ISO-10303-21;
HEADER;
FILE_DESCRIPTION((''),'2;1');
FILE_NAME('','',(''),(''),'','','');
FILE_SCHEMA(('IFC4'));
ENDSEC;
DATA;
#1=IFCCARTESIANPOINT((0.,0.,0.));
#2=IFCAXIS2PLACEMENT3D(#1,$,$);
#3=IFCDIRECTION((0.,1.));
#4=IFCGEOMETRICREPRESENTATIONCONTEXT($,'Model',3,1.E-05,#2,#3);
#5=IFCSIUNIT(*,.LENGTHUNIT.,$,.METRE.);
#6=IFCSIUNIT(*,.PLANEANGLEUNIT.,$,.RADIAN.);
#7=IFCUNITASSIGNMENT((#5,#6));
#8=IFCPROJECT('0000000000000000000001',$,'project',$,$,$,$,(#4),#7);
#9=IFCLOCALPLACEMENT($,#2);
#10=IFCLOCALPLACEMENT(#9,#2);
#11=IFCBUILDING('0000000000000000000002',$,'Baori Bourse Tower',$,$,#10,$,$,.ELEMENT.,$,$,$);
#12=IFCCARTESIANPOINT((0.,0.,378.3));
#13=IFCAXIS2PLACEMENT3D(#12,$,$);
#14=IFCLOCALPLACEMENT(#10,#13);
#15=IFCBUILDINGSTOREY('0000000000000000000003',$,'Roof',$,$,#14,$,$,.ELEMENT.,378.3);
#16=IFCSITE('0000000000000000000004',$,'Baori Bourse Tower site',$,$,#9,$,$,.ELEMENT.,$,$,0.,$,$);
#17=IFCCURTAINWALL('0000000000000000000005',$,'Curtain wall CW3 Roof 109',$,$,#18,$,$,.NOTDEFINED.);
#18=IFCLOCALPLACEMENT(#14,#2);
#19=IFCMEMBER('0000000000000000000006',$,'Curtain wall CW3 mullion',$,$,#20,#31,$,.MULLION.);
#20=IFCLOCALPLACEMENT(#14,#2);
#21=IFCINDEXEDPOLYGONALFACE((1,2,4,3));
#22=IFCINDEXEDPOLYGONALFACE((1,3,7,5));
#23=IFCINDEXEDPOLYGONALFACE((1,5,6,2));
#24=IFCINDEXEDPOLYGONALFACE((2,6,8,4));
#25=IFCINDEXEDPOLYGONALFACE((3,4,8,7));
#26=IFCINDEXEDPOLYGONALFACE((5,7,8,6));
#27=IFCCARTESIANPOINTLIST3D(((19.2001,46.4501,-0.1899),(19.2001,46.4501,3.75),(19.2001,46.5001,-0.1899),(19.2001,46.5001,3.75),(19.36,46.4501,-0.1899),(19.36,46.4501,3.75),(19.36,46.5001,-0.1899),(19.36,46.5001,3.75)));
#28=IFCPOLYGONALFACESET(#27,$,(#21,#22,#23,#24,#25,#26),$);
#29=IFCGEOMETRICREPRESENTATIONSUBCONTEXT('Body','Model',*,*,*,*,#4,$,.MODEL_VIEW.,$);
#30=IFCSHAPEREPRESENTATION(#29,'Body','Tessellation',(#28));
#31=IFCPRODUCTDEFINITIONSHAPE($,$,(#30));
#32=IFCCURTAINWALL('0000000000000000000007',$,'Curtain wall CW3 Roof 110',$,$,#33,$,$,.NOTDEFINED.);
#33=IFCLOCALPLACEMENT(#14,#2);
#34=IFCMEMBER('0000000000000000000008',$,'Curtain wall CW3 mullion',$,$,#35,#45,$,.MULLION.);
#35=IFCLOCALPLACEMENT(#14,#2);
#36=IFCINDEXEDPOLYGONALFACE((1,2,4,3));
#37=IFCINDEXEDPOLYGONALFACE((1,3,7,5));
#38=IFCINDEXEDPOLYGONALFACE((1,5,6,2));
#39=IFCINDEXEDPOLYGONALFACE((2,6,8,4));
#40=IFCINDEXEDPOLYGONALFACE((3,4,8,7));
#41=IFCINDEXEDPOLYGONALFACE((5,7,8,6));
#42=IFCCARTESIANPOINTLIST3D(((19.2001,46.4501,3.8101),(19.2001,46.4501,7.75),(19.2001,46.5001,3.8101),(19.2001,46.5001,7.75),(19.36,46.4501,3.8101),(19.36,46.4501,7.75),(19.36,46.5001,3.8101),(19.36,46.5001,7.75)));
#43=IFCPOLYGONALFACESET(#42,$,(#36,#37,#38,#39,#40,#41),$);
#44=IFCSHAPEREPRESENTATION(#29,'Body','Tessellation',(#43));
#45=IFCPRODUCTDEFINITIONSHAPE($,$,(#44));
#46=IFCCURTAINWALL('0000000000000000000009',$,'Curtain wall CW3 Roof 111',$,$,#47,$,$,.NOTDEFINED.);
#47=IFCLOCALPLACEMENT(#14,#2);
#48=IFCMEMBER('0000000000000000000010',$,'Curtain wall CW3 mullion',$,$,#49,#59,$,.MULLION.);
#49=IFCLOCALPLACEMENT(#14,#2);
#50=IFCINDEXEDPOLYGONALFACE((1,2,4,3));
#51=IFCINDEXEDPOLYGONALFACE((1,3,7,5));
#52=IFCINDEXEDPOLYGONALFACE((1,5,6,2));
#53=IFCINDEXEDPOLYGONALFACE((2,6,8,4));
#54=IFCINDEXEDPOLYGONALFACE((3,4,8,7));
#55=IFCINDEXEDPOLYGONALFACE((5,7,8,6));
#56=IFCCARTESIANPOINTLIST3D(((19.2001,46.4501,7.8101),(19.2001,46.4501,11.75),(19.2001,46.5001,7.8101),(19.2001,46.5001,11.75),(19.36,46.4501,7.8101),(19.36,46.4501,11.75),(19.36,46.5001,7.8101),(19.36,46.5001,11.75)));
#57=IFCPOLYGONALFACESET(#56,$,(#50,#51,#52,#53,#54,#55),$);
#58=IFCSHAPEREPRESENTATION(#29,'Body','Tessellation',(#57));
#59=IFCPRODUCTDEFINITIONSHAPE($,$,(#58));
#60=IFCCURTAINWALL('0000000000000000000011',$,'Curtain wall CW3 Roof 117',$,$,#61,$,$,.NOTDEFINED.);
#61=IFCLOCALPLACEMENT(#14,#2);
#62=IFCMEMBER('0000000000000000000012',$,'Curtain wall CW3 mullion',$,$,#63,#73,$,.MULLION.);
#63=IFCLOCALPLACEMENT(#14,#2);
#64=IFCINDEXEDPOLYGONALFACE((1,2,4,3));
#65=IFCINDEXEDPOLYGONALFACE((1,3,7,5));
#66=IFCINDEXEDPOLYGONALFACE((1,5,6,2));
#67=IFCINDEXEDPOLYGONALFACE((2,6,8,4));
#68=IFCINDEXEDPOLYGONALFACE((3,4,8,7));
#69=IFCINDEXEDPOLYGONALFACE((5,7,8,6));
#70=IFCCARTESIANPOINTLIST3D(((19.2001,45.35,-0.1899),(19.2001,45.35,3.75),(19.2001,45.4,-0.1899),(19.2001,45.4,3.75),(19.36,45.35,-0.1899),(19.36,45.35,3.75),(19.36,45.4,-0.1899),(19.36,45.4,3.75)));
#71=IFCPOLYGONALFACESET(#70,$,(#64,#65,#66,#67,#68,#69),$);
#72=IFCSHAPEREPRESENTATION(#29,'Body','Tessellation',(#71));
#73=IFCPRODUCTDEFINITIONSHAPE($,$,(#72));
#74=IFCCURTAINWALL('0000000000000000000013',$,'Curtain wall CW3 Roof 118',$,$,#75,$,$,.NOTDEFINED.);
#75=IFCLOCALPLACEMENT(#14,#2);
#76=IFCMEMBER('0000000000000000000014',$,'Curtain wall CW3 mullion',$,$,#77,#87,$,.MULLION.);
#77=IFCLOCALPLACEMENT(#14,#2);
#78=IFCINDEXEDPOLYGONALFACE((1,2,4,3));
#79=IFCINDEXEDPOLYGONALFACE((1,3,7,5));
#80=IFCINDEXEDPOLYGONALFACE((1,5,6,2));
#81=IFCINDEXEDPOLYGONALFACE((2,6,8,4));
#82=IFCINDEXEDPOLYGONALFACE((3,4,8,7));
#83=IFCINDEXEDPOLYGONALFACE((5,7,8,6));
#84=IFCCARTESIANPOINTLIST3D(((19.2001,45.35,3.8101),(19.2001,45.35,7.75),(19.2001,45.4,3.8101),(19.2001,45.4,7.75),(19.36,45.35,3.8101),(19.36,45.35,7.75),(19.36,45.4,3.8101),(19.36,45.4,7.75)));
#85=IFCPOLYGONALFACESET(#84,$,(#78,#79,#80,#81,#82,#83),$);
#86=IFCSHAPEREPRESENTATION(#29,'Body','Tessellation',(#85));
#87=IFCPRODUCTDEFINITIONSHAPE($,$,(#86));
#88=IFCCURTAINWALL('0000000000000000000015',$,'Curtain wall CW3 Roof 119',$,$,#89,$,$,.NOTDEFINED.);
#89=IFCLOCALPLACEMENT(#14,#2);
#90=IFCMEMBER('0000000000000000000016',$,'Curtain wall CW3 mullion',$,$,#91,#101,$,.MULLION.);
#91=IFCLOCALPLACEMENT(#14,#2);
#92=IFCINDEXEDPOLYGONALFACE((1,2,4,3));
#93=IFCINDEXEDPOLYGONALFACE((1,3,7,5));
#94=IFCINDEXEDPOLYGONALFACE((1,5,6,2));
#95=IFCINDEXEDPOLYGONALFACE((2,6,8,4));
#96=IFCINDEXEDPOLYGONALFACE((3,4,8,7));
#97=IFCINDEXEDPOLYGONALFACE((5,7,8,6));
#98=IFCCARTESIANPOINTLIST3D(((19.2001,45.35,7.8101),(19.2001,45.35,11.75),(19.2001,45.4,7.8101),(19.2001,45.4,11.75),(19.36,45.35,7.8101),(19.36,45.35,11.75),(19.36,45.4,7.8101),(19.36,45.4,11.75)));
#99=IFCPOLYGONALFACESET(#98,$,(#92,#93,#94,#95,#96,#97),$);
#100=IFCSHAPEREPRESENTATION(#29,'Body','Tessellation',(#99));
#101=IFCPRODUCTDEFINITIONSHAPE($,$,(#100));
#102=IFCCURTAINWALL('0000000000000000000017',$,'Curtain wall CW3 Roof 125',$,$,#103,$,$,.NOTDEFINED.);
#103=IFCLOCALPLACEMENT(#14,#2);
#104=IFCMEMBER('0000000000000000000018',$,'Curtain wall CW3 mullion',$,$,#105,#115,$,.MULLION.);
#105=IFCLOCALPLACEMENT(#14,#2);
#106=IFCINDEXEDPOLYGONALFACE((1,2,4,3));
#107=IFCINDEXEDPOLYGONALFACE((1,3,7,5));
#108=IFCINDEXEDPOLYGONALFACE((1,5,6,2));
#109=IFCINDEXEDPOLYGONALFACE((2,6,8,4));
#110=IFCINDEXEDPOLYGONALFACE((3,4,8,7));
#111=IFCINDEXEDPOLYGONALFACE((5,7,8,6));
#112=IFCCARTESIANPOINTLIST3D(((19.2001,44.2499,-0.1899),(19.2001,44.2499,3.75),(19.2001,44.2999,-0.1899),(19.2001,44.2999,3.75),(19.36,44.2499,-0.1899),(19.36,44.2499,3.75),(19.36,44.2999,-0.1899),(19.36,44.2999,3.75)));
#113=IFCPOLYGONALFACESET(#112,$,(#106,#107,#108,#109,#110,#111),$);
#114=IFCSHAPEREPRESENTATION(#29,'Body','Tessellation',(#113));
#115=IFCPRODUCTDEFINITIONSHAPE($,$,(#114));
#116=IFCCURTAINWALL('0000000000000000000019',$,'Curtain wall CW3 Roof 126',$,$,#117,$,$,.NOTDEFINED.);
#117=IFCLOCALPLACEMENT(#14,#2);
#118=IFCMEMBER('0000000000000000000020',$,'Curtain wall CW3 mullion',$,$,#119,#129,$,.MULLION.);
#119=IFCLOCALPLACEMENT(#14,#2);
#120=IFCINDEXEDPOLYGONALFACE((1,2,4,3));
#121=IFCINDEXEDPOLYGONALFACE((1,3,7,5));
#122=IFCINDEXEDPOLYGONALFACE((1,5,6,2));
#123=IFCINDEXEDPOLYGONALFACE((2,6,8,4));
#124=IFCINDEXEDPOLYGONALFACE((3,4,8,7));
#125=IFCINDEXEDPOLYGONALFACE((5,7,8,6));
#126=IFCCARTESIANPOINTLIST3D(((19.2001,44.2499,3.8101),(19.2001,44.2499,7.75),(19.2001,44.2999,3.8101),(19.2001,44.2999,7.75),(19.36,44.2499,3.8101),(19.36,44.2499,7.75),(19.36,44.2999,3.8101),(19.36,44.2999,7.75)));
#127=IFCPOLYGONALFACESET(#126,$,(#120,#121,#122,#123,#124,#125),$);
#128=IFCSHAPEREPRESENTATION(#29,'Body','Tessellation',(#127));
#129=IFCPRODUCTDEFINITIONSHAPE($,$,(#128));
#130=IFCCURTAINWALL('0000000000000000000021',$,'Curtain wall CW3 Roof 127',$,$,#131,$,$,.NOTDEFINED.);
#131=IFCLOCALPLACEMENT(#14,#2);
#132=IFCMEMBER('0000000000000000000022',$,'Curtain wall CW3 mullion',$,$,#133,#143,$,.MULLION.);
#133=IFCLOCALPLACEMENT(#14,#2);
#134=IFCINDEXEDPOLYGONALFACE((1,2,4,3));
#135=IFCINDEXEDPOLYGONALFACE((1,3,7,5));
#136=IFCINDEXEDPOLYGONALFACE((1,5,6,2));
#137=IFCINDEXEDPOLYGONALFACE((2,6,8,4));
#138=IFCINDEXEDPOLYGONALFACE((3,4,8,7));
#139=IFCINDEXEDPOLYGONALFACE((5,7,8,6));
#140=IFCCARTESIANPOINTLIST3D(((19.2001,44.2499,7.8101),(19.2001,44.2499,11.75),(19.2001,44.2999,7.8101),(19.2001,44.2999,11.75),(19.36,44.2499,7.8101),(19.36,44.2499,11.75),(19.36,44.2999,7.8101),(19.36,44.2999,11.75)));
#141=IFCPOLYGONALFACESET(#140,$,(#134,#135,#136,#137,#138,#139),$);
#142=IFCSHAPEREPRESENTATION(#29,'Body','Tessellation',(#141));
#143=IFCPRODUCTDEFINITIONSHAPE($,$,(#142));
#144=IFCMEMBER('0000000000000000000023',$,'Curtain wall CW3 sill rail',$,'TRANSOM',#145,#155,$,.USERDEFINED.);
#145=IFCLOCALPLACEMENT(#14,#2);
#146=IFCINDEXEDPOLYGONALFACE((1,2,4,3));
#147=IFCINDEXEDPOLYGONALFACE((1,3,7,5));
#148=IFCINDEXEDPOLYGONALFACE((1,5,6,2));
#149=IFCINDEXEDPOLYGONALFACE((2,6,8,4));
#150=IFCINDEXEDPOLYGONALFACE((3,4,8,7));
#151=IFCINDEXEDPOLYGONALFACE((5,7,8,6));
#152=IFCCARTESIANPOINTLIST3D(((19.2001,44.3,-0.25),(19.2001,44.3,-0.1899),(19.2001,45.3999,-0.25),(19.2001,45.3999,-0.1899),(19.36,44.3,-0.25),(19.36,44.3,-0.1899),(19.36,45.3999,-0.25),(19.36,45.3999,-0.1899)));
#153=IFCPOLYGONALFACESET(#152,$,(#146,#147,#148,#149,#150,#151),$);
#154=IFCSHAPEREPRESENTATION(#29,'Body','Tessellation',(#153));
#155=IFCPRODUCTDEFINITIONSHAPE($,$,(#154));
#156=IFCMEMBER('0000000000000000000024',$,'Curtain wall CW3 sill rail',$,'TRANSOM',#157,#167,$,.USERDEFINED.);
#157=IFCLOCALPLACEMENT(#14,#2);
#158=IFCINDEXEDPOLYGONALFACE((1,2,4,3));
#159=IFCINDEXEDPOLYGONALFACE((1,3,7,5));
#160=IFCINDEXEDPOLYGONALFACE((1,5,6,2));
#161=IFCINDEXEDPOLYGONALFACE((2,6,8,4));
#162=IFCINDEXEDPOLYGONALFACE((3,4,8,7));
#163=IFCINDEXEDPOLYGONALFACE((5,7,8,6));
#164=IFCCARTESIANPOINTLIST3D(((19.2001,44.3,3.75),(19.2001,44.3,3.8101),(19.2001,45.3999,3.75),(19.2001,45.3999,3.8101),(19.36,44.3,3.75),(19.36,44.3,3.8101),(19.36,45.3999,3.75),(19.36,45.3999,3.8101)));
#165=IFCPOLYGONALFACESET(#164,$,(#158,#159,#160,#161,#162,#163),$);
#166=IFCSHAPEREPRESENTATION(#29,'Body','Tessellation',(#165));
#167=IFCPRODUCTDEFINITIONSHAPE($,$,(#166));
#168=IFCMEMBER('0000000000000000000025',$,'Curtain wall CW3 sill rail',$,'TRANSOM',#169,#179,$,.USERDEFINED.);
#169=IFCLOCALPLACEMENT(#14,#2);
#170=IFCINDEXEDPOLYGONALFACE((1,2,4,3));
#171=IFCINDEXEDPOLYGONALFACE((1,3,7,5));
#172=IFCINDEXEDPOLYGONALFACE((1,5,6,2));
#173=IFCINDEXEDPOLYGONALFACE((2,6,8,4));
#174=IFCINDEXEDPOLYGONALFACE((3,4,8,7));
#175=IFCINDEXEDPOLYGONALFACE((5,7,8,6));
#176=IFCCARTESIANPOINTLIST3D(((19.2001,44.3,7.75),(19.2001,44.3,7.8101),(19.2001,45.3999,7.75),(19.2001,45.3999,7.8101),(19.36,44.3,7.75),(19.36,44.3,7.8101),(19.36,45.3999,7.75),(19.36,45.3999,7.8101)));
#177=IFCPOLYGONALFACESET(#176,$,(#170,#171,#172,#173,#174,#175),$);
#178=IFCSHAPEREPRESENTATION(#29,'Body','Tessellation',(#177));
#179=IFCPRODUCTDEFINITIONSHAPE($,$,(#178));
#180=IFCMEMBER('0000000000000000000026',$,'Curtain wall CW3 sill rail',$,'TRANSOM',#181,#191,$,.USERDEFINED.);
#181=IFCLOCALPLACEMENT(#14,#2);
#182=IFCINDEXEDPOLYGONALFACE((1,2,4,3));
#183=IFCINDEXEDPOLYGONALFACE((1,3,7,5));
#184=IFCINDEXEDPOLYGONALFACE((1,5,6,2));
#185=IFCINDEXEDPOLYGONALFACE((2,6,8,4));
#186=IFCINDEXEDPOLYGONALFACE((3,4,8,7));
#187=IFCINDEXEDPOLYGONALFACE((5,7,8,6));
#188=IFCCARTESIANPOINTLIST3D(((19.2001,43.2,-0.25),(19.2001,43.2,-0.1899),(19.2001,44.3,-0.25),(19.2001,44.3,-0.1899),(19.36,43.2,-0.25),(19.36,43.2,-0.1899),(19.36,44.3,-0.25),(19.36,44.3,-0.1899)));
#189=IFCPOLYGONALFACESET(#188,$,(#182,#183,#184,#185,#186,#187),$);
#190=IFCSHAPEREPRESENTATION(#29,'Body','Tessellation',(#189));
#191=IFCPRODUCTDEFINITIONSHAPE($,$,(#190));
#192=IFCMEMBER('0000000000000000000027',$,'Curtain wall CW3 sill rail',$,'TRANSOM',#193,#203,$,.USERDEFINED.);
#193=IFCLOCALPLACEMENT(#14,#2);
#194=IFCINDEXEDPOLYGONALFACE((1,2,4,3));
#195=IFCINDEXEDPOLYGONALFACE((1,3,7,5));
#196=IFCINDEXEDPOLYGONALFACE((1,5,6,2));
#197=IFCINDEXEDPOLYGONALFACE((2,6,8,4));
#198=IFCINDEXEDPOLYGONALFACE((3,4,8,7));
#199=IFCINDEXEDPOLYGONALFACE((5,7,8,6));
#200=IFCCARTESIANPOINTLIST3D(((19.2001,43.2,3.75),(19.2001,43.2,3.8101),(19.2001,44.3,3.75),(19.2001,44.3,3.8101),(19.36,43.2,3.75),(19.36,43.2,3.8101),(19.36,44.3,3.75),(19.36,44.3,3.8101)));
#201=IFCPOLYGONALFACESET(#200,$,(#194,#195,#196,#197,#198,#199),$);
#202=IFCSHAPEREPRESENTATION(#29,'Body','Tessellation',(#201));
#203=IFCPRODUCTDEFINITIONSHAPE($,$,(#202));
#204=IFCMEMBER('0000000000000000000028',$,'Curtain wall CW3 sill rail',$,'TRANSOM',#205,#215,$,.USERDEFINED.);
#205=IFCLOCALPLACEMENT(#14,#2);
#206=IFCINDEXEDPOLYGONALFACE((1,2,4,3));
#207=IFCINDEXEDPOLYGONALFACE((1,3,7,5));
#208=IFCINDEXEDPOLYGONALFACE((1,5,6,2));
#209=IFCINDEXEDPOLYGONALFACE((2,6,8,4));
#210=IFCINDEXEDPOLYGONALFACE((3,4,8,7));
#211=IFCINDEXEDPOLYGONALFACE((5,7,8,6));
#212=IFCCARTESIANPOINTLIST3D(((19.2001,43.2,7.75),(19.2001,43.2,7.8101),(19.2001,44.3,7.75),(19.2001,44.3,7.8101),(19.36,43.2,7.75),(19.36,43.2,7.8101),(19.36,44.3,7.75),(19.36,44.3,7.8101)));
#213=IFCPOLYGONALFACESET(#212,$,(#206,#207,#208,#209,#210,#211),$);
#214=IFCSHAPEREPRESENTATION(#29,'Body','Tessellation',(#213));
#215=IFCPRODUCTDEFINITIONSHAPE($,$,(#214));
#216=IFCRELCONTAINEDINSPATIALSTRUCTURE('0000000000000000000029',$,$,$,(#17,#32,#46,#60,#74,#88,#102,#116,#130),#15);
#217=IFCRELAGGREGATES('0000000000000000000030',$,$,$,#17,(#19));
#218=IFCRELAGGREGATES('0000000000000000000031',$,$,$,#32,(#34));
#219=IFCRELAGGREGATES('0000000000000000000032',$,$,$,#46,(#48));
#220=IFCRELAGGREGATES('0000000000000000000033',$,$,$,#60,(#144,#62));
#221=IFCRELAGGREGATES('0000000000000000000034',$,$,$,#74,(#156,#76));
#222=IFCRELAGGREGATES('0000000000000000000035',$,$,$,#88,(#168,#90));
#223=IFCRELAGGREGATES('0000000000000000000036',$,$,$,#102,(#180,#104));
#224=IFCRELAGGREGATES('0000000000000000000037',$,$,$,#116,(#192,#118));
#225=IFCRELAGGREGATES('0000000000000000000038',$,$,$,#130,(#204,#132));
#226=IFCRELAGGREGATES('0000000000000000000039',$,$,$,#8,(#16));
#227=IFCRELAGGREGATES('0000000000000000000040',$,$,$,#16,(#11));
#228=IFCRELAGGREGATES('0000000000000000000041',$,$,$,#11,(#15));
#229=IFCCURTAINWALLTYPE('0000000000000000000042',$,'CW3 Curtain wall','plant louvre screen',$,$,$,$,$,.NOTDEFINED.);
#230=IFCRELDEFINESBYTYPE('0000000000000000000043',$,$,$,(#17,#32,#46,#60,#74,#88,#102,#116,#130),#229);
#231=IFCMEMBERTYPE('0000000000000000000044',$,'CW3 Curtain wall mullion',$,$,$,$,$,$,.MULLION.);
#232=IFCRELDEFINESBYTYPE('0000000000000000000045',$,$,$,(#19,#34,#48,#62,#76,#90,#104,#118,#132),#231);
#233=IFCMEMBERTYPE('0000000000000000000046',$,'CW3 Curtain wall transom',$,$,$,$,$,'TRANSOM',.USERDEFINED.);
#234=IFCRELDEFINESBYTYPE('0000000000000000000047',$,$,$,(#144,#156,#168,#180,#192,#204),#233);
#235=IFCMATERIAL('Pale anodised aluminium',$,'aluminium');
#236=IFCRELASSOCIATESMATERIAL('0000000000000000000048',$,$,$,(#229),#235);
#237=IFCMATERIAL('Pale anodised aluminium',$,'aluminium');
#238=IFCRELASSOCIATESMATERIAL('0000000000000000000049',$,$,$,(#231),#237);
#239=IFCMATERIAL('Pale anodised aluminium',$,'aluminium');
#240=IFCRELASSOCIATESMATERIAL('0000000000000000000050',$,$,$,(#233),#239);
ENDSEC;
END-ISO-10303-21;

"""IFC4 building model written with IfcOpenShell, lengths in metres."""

from ifc_helpers import new_model, si_unit, direction, frame, origin, origin_2d, place, context, subcontext, project, spatial, rectangle, extrude, material, material_profile, profile_set, type_object, element, aggregate, save


model = new_model("IFC4")

# Units and contexts
model_context = context("Model", 3, precision=1e-05, world=origin(), true_north=direction((0.0, 1.0)))
body_context = subcontext(model_context, "Body", "Model", "MODEL_VIEW")
ifc_project = project(units=[si_unit("LENGTHUNIT", "METRE"), si_unit("PLANEANGLEUNIT", "RADIAN")], contexts=[model_context])

# Site, building, storey
site_placement = place(None, origin())
site = spatial("IfcSite", under=ifc_project, at=site_placement, Name="Baori Bourse Tower site", CompositionType="ELEMENT", RefElevation=0.0)
building_placement = place(site_placement, origin())
building = spatial("IfcBuilding", under=site, at=building_placement, Name="Baori Bourse Tower", CompositionType="ELEMENT")
storey_placement = place(building_placement, frame((0.0, 0.0, 378.3)))
storey = spatial("IfcBuildingStorey", under=building, at=storey_placement, Name="Roof", CompositionType="ELEMENT", Elevation=378.3)

# Curtain walls, members
ifc_material_1 = material(Name="Pale anodised aluminium", Category="aluminium")
curtain_wall_type_1 = type_object("IfcCurtainWallType", Name="CW3 Curtain wall", Description="plant louvre screen", PredefinedType="NOTDEFINED", material=ifc_material_1)
curtain_wall_1_placement = place(storey_placement, origin())
curtain_wall_1 = element("IfcCurtainWall", 1, at=curtain_wall_1_placement, inside=storey, type_object=curtain_wall_type_1, Name="Curtain wall CW3 Roof 109", PredefinedType="NOTDEFINED")
ifc_material_2 = material(Name="Pale anodised aluminium", Category="aluminium")
ifc_material_profile_1 = material_profile(ifc_material_2, rectangle(XDim=0.1599, YDim=0.05, at=origin_2d()), Name="Mullion 50x160")
ifc_profile_set_1 = profile_set([ifc_material_profile_1], Name="Pale anodised aluminium")
member_type_1 = type_object("IfcMemberType", Name="CW3 Curtain wall mullion", PredefinedType="MULLION", material=ifc_profile_set_1)
member_1_placement = place(storey_placement, frame((19.28, 46.4751, -0.1899), z_axis=(0.0, 0.0, 1.0), x_axis=(1.0, 0.0, 0.0)))
member_1 = element("IfcMember", 2, at=member_1_placement, type_object=member_type_1, Name="Curtain wall CW3 mullion", PredefinedType="MULLION", context=body_context, shape_type="SweptSolid", body=[
    extrude(rectangle(XDim=0.1599, YDim=0.05, at=origin_2d()), origin(), (0.0, 0.0, 1.0), 3.9399),
])
curtain_wall_2_placement = place(storey_placement, origin())
curtain_wall_2 = element("IfcCurtainWall", 3, at=curtain_wall_2_placement, inside=storey, type_object=curtain_wall_type_1, Name="Curtain wall CW3 Roof 110", PredefinedType="NOTDEFINED")
member_2_placement = place(storey_placement, frame((19.28, 46.4751, 3.8101), z_axis=(0.0, 0.0, 1.0), x_axis=(1.0, 0.0, 0.0)))
member_2 = element("IfcMember", 4, at=member_2_placement, type_object=member_type_1, Name="Curtain wall CW3 mullion", PredefinedType="MULLION", context=body_context, shape_type="SweptSolid", body=[
    extrude(rectangle(XDim=0.1599, YDim=0.05, at=origin_2d()), origin(), (0.0, 0.0, 1.0), 3.9399),
])
curtain_wall_3_placement = place(storey_placement, origin())
curtain_wall_3 = element("IfcCurtainWall", 5, at=curtain_wall_3_placement, inside=storey, type_object=curtain_wall_type_1, Name="Curtain wall CW3 Roof 111", PredefinedType="NOTDEFINED")
member_3_placement = place(storey_placement, frame((19.28, 46.4751, 7.8101), z_axis=(0.0, 0.0, 1.0), x_axis=(1.0, 0.0, 0.0)))
member_3 = element("IfcMember", 6, at=member_3_placement, type_object=member_type_1, Name="Curtain wall CW3 mullion", PredefinedType="MULLION", context=body_context, shape_type="SweptSolid", body=[
    extrude(rectangle(XDim=0.1599, YDim=0.05, at=origin_2d()), origin(), (0.0, 0.0, 1.0), 3.9399),
])
curtain_wall_4_placement = place(storey_placement, origin())
curtain_wall_4 = element("IfcCurtainWall", 7, at=curtain_wall_4_placement, inside=storey, type_object=curtain_wall_type_1, Name="Curtain wall CW3 Roof 117", PredefinedType="NOTDEFINED")
member_4_placement = place(storey_placement, frame((19.28, 45.375, -0.1899), z_axis=(0.0, 0.0, 1.0), x_axis=(1.0, 0.0, 0.0)))
member_4 = element("IfcMember", 8, at=member_4_placement, type_object=member_type_1, Name="Curtain wall CW3 mullion", PredefinedType="MULLION", context=body_context, shape_type="SweptSolid", body=[
    extrude(rectangle(XDim=0.1599, YDim=0.05, at=origin_2d()), origin(), (0.0, 0.0, 1.0), 3.9399),
])
curtain_wall_5_placement = place(storey_placement, origin())
curtain_wall_5 = element("IfcCurtainWall", 9, at=curtain_wall_5_placement, inside=storey, type_object=curtain_wall_type_1, Name="Curtain wall CW3 Roof 118", PredefinedType="NOTDEFINED")
member_5_placement = place(storey_placement, frame((19.28, 45.375, 3.8101), z_axis=(0.0, 0.0, 1.0), x_axis=(1.0, 0.0, 0.0)))
member_5 = element("IfcMember", 10, at=member_5_placement, type_object=member_type_1, Name="Curtain wall CW3 mullion", PredefinedType="MULLION", context=body_context, shape_type="SweptSolid", body=[
    extrude(rectangle(XDim=0.1599, YDim=0.05, at=origin_2d()), origin(), (0.0, 0.0, 1.0), 3.9399),
])
curtain_wall_6_placement = place(storey_placement, origin())
curtain_wall_6 = element("IfcCurtainWall", 11, at=curtain_wall_6_placement, inside=storey, type_object=curtain_wall_type_1, Name="Curtain wall CW3 Roof 119", PredefinedType="NOTDEFINED")
member_6_placement = place(storey_placement, frame((19.28, 45.375, 7.8101), z_axis=(0.0, 0.0, 1.0), x_axis=(1.0, 0.0, 0.0)))
member_6 = element("IfcMember", 12, at=member_6_placement, type_object=member_type_1, Name="Curtain wall CW3 mullion", PredefinedType="MULLION", context=body_context, shape_type="SweptSolid", body=[
    extrude(rectangle(XDim=0.1599, YDim=0.05, at=origin_2d()), origin(), (0.0, 0.0, 1.0), 3.9399),
])
curtain_wall_7_placement = place(storey_placement, origin())
curtain_wall_7 = element("IfcCurtainWall", 13, at=curtain_wall_7_placement, inside=storey, type_object=curtain_wall_type_1, Name="Curtain wall CW3 Roof 125", PredefinedType="NOTDEFINED")
member_7_placement = place(storey_placement, frame((19.28, 44.2749, -0.1899), z_axis=(0.0, 0.0, 1.0), x_axis=(1.0, 0.0, 0.0)))
member_7 = element("IfcMember", 14, at=member_7_placement, type_object=member_type_1, Name="Curtain wall CW3 mullion", PredefinedType="MULLION", context=body_context, shape_type="SweptSolid", body=[
    extrude(rectangle(XDim=0.1599, YDim=0.05, at=origin_2d()), origin(), (0.0, 0.0, 1.0), 3.9399),
])
curtain_wall_8_placement = place(storey_placement, origin())
curtain_wall_8 = element("IfcCurtainWall", 15, at=curtain_wall_8_placement, inside=storey, type_object=curtain_wall_type_1, Name="Curtain wall CW3 Roof 126", PredefinedType="NOTDEFINED")
member_8_placement = place(storey_placement, frame((19.28, 44.2749, 3.8101), z_axis=(0.0, 0.0, 1.0), x_axis=(1.0, 0.0, 0.0)))
member_8 = element("IfcMember", 16, at=member_8_placement, type_object=member_type_1, Name="Curtain wall CW3 mullion", PredefinedType="MULLION", context=body_context, shape_type="SweptSolid", body=[
    extrude(rectangle(XDim=0.1599, YDim=0.05, at=origin_2d()), origin(), (0.0, 0.0, 1.0), 3.9399),
])
curtain_wall_9_placement = place(storey_placement, origin())
curtain_wall_9 = element("IfcCurtainWall", 17, at=curtain_wall_9_placement, inside=storey, type_object=curtain_wall_type_1, Name="Curtain wall CW3 Roof 127", PredefinedType="NOTDEFINED")
member_9_placement = place(storey_placement, frame((19.28, 44.2749, 7.8101), z_axis=(0.0, 0.0, 1.0), x_axis=(1.0, 0.0, 0.0)))
member_9 = element("IfcMember", 18, at=member_9_placement, type_object=member_type_1, Name="Curtain wall CW3 mullion", PredefinedType="MULLION", context=body_context, shape_type="SweptSolid", body=[
    extrude(rectangle(XDim=0.1599, YDim=0.05, at=origin_2d()), origin(), (0.0, 0.0, 1.0), 3.9399),
])

# Members
ifc_material_3 = material(Name="Pale anodised aluminium", Category="aluminium")
ifc_material_profile_2 = material_profile(ifc_material_3, rectangle(XDim=0.1599, YDim=0.0601, at=origin_2d()), Name="Transom 60x160")
ifc_profile_set_2 = profile_set([ifc_material_profile_2], Name="Pale anodised aluminium")
member_type_2 = type_object("IfcMemberType", Name="CW3 Curtain wall transom", ElementType="TRANSOM", PredefinedType="USERDEFINED", material=ifc_profile_set_2)
member_10_placement = place(storey_placement, frame((19.28, 45.3999, -0.22), z_axis=(0.0, -1.0, 0.0), x_axis=(1.0, 0.0, 0.0)))
member_10 = element("IfcMember", 19, at=member_10_placement, type_object=member_type_2, Name="Curtain wall CW3 sill rail", ObjectType="TRANSOM", PredefinedType="USERDEFINED", context=body_context, shape_type="SweptSolid", body=[
    extrude(rectangle(XDim=0.1599, YDim=0.0601, at=origin_2d()), origin(), (0.0, 0.0, 1.0), 1.0999),
])
member_11_placement = place(storey_placement, frame((19.28, 45.3999, 3.78), z_axis=(0.0, -1.0, 0.0), x_axis=(1.0, 0.0, 0.0)))
member_11 = element("IfcMember", 20, at=member_11_placement, type_object=member_type_2, Name="Curtain wall CW3 sill rail", ObjectType="TRANSOM", PredefinedType="USERDEFINED", context=body_context, shape_type="SweptSolid", body=[
    extrude(rectangle(XDim=0.1599, YDim=0.0601, at=origin_2d()), origin(), (0.0, 0.0, 1.0), 1.0999),
])
member_12_placement = place(storey_placement, frame((19.28, 45.3999, 7.78), z_axis=(0.0, -1.0, 0.0), x_axis=(1.0, 0.0, 0.0)))
member_12 = element("IfcMember", 21, at=member_12_placement, type_object=member_type_2, Name="Curtain wall CW3 sill rail", ObjectType="TRANSOM", PredefinedType="USERDEFINED", context=body_context, shape_type="SweptSolid", body=[
    extrude(rectangle(XDim=0.1599, YDim=0.0601, at=origin_2d()), origin(), (0.0, 0.0, 1.0), 1.0999),
])
member_13_placement = place(storey_placement, frame((19.28, 44.3, -0.22), z_axis=(0.0, -1.0, 0.0), x_axis=(1.0, 0.0, 0.0)))
member_13 = element("IfcMember", 22, at=member_13_placement, type_object=member_type_2, Name="Curtain wall CW3 sill rail", ObjectType="TRANSOM", PredefinedType="USERDEFINED", context=body_context, shape_type="SweptSolid", body=[
    extrude(rectangle(XDim=0.1599, YDim=0.0601, at=origin_2d()), origin(), (0.0, 0.0, 1.0), 1.1001),
])
member_14_placement = place(storey_placement, frame((19.28, 44.3, 3.78), z_axis=(0.0, -1.0, 0.0), x_axis=(1.0, 0.0, 0.0)))
member_14 = element("IfcMember", 23, at=member_14_placement, type_object=member_type_2, Name="Curtain wall CW3 sill rail", ObjectType="TRANSOM", PredefinedType="USERDEFINED", context=body_context, shape_type="SweptSolid", body=[
    extrude(rectangle(XDim=0.1599, YDim=0.0601, at=origin_2d()), origin(), (0.0, 0.0, 1.0), 1.1001),
])
member_15_placement = place(storey_placement, frame((19.28, 44.3, 7.78), z_axis=(0.0, -1.0, 0.0), x_axis=(1.0, 0.0, 0.0)))
member_15 = element("IfcMember", 24, at=member_15_placement, type_object=member_type_2, Name="Curtain wall CW3 sill rail", ObjectType="TRANSOM", PredefinedType="USERDEFINED", context=body_context, shape_type="SweptSolid", body=[
    extrude(rectangle(XDim=0.1599, YDim=0.0601, at=origin_2d()), origin(), (0.0, 0.0, 1.0), 1.1001),
])

aggregate(curtain_wall_1, [member_1])
aggregate(curtain_wall_2, [member_2])
aggregate(curtain_wall_3, [member_3])
aggregate(curtain_wall_4, [member_10, member_4])
aggregate(curtain_wall_5, [member_11, member_5])
aggregate(curtain_wall_6, [member_12, member_6])
aggregate(curtain_wall_7, [member_13, member_7])
aggregate(curtain_wall_8, [member_14, member_8])
aggregate(curtain_wall_9, [member_15, member_9])

save(model, "model.ifc")
